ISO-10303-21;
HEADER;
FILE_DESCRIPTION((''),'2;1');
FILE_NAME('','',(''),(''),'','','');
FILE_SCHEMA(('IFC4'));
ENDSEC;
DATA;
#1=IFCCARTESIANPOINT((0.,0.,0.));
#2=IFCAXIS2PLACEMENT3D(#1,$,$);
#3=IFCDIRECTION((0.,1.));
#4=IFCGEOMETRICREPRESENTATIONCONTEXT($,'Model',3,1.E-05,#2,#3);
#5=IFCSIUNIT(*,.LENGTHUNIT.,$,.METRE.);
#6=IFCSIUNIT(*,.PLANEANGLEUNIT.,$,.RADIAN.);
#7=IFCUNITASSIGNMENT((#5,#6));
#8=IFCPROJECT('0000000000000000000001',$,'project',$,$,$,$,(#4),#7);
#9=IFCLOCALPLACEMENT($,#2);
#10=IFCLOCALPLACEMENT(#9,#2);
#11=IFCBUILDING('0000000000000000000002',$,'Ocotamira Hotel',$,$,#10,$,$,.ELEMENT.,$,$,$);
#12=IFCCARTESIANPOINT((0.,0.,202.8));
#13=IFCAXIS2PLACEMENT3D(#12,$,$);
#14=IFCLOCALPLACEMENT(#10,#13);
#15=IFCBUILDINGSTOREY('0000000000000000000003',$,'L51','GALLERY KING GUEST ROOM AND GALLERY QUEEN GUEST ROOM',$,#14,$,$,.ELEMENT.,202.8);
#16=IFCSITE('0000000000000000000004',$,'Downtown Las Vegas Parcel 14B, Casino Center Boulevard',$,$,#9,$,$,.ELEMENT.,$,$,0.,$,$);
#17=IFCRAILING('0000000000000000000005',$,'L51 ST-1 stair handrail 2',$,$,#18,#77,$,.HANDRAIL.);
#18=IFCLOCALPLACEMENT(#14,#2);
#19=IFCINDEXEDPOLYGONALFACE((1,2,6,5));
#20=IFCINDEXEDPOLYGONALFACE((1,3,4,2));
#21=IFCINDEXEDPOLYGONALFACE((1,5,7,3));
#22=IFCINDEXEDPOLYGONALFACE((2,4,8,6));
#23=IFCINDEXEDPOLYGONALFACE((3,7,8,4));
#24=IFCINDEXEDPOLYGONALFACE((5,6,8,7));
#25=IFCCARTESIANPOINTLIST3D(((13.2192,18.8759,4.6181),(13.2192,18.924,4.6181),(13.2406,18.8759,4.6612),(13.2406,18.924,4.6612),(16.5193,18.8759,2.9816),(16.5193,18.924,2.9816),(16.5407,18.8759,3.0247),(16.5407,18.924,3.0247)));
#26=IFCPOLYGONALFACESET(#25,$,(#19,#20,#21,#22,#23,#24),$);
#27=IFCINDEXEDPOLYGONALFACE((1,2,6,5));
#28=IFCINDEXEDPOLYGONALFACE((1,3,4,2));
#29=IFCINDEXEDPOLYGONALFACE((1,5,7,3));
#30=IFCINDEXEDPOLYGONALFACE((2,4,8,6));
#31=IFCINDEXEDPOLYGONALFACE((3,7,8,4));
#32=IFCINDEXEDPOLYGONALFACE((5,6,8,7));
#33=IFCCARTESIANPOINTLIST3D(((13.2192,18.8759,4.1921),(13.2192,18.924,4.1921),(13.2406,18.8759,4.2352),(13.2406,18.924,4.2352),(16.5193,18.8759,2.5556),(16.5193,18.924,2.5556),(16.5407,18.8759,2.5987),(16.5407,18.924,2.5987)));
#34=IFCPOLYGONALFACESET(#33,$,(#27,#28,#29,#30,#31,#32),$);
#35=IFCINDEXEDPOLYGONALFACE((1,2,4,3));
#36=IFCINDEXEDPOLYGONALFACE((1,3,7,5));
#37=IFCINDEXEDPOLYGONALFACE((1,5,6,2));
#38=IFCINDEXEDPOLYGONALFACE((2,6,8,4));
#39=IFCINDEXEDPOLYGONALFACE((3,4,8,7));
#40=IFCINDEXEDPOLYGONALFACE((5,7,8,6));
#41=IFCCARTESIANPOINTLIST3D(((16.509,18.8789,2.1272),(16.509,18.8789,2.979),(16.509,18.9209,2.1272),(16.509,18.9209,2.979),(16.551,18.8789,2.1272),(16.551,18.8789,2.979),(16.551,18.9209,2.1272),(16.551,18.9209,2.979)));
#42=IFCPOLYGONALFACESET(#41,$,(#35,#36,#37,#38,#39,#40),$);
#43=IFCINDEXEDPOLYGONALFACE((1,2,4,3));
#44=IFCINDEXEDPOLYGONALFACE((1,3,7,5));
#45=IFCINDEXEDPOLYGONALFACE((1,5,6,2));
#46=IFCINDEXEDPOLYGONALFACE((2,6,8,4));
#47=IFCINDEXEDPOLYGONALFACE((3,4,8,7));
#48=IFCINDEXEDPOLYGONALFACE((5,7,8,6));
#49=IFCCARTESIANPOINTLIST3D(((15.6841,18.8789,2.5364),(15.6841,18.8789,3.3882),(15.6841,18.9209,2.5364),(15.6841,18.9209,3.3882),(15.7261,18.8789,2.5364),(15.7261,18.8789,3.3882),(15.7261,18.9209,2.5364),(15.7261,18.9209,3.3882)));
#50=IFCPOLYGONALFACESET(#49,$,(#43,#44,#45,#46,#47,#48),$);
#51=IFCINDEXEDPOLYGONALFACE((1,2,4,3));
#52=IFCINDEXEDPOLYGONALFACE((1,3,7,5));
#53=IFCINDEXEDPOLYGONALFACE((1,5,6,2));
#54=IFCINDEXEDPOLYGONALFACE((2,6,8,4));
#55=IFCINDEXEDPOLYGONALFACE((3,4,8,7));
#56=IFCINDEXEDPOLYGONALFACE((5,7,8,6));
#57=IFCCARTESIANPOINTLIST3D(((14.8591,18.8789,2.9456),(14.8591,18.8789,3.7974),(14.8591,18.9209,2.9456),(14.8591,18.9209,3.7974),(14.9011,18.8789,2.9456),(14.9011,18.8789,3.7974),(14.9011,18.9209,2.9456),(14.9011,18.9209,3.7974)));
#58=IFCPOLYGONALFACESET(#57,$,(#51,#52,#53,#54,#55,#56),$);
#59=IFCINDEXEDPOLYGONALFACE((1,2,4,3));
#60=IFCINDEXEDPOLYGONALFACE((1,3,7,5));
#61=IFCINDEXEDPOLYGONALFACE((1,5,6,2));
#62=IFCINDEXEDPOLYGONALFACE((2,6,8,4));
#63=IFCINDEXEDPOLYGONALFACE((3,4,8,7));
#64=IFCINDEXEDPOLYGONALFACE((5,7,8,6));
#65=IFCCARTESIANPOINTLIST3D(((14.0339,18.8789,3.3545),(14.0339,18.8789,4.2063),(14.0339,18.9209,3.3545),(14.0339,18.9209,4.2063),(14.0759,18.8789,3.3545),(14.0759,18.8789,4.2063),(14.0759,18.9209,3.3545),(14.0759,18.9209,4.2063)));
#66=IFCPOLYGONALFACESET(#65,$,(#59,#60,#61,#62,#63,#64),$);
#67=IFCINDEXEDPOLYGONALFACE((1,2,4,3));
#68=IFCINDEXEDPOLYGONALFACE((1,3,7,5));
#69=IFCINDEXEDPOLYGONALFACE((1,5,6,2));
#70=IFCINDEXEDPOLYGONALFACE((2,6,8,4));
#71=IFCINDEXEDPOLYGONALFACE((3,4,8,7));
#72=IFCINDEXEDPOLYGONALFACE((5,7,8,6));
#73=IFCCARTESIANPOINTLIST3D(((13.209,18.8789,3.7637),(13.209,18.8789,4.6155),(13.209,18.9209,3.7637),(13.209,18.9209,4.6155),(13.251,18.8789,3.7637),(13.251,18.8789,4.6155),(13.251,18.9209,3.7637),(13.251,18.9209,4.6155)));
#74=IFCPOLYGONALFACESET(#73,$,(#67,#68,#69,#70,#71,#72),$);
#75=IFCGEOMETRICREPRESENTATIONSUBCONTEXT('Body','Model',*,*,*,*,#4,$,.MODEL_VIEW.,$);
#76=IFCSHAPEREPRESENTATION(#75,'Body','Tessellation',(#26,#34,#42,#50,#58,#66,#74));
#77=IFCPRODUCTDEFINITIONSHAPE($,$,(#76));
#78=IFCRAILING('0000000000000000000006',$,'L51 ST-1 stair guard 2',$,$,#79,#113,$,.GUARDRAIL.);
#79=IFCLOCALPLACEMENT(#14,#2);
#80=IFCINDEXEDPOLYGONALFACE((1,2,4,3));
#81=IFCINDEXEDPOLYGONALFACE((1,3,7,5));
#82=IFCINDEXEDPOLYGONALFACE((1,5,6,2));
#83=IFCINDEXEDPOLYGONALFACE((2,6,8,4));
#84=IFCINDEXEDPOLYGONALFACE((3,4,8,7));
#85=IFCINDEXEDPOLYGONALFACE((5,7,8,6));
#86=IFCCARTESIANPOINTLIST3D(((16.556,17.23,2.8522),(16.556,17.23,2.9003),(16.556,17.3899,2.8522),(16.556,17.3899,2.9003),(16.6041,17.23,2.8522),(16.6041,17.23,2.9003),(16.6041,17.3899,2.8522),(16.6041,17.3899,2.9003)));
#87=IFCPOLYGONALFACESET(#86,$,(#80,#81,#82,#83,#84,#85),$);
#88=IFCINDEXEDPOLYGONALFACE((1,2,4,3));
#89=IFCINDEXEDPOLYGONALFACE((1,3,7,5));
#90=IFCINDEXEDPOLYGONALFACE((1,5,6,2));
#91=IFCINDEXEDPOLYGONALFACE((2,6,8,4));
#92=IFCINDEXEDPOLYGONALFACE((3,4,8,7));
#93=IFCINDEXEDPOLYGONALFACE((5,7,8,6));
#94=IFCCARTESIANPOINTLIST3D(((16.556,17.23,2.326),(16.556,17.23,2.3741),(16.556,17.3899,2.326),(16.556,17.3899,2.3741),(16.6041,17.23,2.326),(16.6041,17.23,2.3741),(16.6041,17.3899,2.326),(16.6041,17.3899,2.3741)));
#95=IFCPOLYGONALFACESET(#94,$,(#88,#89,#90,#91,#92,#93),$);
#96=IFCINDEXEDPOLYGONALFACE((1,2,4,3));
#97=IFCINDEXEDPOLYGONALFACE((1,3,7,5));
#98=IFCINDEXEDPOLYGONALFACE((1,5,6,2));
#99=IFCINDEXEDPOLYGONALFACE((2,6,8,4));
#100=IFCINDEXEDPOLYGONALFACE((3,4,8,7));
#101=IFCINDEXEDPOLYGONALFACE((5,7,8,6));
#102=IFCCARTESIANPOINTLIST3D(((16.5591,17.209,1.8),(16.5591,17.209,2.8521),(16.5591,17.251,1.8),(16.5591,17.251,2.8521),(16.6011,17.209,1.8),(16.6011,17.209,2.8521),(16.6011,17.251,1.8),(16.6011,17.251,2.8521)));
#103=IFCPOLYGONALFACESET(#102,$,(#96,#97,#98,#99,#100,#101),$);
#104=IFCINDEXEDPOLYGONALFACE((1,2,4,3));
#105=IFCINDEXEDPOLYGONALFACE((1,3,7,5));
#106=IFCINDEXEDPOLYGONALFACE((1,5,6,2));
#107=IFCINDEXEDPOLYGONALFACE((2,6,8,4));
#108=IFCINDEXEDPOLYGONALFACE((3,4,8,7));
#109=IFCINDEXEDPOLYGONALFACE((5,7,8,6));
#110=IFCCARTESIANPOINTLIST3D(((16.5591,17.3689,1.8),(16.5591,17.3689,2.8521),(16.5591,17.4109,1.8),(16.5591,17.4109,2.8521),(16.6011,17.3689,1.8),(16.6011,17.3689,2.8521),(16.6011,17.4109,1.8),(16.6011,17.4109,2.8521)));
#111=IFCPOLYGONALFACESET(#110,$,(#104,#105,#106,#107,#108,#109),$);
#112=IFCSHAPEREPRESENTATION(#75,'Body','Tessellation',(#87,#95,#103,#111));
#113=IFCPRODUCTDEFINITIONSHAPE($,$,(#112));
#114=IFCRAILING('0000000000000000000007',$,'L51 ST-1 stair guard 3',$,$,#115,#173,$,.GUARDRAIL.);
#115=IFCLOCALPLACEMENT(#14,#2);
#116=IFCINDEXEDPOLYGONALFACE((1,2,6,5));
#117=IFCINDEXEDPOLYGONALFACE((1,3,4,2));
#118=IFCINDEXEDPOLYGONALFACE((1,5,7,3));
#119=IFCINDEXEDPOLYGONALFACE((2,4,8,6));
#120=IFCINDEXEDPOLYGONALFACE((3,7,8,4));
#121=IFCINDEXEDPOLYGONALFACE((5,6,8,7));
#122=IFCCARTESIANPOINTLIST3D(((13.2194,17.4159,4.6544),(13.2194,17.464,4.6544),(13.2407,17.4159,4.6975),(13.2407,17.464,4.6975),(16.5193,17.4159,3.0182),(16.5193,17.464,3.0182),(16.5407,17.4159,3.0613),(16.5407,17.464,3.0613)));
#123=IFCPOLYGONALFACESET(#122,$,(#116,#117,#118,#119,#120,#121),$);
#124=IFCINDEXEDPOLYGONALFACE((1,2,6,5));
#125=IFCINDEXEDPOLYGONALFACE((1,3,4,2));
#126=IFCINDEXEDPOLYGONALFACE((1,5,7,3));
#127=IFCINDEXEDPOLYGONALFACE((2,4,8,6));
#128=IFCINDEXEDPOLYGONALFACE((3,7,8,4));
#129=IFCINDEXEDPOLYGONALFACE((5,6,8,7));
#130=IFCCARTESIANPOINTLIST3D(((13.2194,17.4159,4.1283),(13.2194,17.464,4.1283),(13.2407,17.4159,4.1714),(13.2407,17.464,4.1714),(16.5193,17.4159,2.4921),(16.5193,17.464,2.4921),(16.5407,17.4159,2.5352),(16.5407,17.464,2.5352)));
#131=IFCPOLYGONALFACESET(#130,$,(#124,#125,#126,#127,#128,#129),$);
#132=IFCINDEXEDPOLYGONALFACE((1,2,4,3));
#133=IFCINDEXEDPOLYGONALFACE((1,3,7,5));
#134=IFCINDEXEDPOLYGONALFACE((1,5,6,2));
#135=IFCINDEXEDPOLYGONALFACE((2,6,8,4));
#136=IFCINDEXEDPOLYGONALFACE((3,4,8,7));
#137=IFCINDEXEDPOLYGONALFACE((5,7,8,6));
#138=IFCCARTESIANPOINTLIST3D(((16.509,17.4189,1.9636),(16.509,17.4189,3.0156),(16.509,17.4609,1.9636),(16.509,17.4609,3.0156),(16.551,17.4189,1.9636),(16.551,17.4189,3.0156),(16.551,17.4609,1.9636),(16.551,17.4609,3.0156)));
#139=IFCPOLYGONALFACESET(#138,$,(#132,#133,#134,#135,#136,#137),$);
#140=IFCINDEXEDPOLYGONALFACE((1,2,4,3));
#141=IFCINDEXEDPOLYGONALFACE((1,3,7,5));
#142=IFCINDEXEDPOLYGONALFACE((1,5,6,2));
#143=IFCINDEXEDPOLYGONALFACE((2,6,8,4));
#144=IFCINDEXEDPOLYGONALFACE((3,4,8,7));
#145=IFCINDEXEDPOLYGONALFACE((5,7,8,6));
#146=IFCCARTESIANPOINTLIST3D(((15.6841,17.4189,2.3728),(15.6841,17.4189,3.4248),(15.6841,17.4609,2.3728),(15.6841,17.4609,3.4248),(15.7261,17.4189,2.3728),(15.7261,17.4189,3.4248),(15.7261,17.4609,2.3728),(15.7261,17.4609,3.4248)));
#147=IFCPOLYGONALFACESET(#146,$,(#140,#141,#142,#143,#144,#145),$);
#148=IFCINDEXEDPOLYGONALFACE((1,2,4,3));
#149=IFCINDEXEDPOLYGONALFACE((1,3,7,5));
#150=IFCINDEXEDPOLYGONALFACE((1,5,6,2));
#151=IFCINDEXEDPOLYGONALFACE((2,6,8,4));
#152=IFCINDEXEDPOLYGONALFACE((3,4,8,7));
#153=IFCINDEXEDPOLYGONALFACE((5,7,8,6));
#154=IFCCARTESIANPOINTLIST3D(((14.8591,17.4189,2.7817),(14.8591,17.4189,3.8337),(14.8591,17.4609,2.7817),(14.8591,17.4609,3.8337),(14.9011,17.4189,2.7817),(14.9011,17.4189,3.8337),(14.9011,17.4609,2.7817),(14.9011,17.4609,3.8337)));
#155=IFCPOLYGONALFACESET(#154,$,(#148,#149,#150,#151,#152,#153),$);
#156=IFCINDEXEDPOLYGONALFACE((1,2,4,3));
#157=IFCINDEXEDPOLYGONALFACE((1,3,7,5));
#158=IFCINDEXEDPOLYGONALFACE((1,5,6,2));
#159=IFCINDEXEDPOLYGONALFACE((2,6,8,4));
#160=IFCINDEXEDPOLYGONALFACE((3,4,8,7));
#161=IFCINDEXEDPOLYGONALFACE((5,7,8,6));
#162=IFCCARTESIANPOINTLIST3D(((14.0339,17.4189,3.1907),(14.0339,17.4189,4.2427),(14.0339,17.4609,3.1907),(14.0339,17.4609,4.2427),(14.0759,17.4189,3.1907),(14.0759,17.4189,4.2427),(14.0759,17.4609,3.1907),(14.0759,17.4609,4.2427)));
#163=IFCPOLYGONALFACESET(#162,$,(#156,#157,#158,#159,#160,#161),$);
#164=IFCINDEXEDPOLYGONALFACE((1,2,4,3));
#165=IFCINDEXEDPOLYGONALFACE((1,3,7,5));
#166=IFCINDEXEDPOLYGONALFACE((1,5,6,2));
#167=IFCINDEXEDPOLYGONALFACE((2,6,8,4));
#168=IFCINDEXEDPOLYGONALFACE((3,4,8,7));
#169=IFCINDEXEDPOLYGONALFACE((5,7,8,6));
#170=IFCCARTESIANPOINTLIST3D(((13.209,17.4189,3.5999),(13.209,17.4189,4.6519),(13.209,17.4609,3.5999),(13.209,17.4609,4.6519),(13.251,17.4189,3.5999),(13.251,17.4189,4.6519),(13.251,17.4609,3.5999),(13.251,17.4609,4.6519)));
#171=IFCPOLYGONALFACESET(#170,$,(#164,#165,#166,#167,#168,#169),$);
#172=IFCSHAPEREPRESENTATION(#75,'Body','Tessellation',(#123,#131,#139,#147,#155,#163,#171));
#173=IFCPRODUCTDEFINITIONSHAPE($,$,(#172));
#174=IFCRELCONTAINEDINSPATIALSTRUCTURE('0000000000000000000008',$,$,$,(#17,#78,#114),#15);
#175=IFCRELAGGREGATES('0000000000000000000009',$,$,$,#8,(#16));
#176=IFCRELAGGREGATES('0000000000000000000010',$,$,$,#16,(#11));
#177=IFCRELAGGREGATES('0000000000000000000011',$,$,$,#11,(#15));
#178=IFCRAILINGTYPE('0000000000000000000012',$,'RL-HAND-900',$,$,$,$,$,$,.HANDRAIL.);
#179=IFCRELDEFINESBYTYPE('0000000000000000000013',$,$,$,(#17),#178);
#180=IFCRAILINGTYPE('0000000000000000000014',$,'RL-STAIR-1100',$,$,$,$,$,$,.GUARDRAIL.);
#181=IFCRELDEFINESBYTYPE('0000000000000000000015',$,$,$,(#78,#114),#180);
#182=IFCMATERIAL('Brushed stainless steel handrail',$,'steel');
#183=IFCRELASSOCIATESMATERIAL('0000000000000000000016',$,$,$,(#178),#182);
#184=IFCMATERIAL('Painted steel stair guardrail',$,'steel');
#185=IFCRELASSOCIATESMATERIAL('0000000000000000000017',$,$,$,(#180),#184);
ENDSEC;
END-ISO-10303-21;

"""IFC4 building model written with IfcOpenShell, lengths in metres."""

from ifc_helpers import new_model, si_unit, direction, frame, origin, origin_2d, place, context, subcontext, project, spatial, rectangle, extrude, material, type_object, element, save


model = new_model("IFC4")

# Units and contexts
model_context = context("Model", 3, precision=1e-05, world=origin(), true_north=direction((0.0, 1.0)))
body_context = subcontext(model_context, "Body", "Model", "MODEL_VIEW")
ifc_project = project(units=[si_unit("LENGTHUNIT", "METRE"), si_unit("PLANEANGLEUNIT", "RADIAN")], contexts=[model_context])

# Site, building, storey
site_placement = place(None, origin())
site = spatial("IfcSite", under=ifc_project, at=site_placement, Name="Downtown Las Vegas Parcel 14B, Casino Center Boulevard", CompositionType="ELEMENT", RefElevation=0.0)
building_placement = place(site_placement, origin())
building = spatial("IfcBuilding", under=site, at=building_placement, Name="Ocotamira Hotel", CompositionType="ELEMENT")
storey_placement = place(building_placement, frame((0.0, 0.0, 202.8)))
storey = spatial("IfcBuildingStorey", under=building, at=storey_placement, Name="L51", Description="GALLERY KING GUEST ROOM AND GALLERY QUEEN GUEST ROOM", CompositionType="ELEMENT", Elevation=202.8)

# Railings
ifc_material_1 = material(Name="Brushed stainless steel handrail", Category="steel")
railing_type_1 = type_object("IfcRailingType", Name="RL-HAND-900", PredefinedType="HANDRAIL", material=ifc_material_1)
railing_1_placement = place(storey_placement, frame((16.53, 18.8999, 2.1272)))
element("IfcRailing", 1, at=railing_1_placement, inside=storey, type_object=railing_type_1, Name="L51 ST-1 stair handrail 2", PredefinedType="HANDRAIL", context=body_context, shape_type="SweptSolid", body=[
    extrude(rectangle(XDim=0.0481, YDim=0.0481, at=origin_2d()), frame((0.0, 0.0, 0.876), z_axis=(-0.895894, 0.0, 0.444268), x_axis=(0.0, -1.0, 0.0)), (0.0, 0.0, 1.0), 3.6836),
    extrude(rectangle(XDim=0.0481, YDim=0.0481, at=origin_2d()), frame((0.0, 0.0, 0.45), z_axis=(-0.895894, 0.0, 0.444268), x_axis=(0.0, -1.0, 0.0)), (0.0, 0.0, 1.0), 3.6836),
    extrude(rectangle(XDim=0.042, YDim=0.042, at=origin_2d()), origin(), (0.0, 0.0, 1.0), 0.8518),
    extrude(rectangle(XDim=0.042, YDim=0.042, at=origin_2d()), frame((-0.825, 0.0, 0.4092)), (0.0, 0.0, 1.0), 0.8518),
    extrude(rectangle(XDim=0.042, YDim=0.042, at=origin_2d()), frame((-1.6499, 0.0, 0.8184)), (0.0, 0.0, 1.0), 0.8518),
    extrude(rectangle(XDim=0.042, YDim=0.042, at=origin_2d()), frame((-2.4751, 0.0, 1.2273)), (0.0, 0.0, 1.0), 0.8518),
    extrude(rectangle(XDim=0.042, YDim=0.042, at=origin_2d()), frame((-3.3, 0.0, 1.6365)), (0.0, 0.0, 1.0), 0.8518),
])
ifc_material_2 = material(Name="Painted steel stair guardrail", Category="steel")
railing_type_2 = type_object("IfcRailingType", Name="RL-STAIR-1100", PredefinedType="GUARDRAIL", material=ifc_material_2)
railing_2_placement = place(storey_placement, frame((16.5801, 17.23, 1.8)))
element("IfcRailing", 2, at=railing_2_placement, inside=storey, type_object=railing_type_2, Name="L51 ST-1 stair guard 2", PredefinedType="GUARDRAIL", context=body_context, shape_type="SweptSolid", body=[
    extrude(rectangle(XDim=0.0481, YDim=0.0481, at=origin_2d()), frame((0.0, 0.0, 1.0762), z_axis=(0.0, 1.0, 0.0), x_axis=(-1.0, 0.0, 0.0)), (0.0, 0.0, 1.0), 0.1599),
    extrude(rectangle(XDim=0.0481, YDim=0.0481, at=origin_2d()), frame((0.0, 0.0, 0.55), z_axis=(0.0, 1.0, 0.0), x_axis=(-1.0, 0.0, 0.0)), (0.0, 0.0, 1.0), 0.1599),
    extrude(rectangle(XDim=0.042, YDim=0.042, at=origin_2d()), origin(), (0.0, 0.0, 1.0), 1.052),
    extrude(rectangle(XDim=0.042, YDim=0.042, at=origin_2d()), frame((0.0, 0.1599, 0.0)), (0.0, 0.0, 1.0), 1.052),
])
railing_3_placement = place(storey_placement, frame((16.53, 17.4399, 1.9636)))
element("IfcRailing", 3, at=railing_3_placement, inside=storey, type_object=railing_type_2, Name="L51 ST-1 stair guard 3", PredefinedType="GUARDRAIL", context=body_context, shape_type="SweptSolid", body=[
    extrude(rectangle(XDim=0.0481, YDim=0.0481, at=origin_2d()), frame((0.0, 0.0, 1.0762), z_axis=(-0.89592, 0.0, 0.444215), x_axis=(0.0, -1.0, 0.0)), (0.0, 0.0, 1.0), 3.6833),
    extrude(rectangle(XDim=0.0481, YDim=0.0481, at=origin_2d()), frame((0.0, 0.0, 0.55), z_axis=(-0.89592, 0.0, 0.444215), x_axis=(0.0, -1.0, 0.0)), (0.0, 0.0, 1.0), 3.6833),
    extrude(rectangle(XDim=0.042, YDim=0.042, at=origin_2d()), origin(), (0.0, 0.0, 1.0), 1.052),
    extrude(rectangle(XDim=0.042, YDim=0.042, at=origin_2d()), frame((-0.825, 0.0, 0.4092)), (0.0, 0.0, 1.0), 1.052),
    extrude(rectangle(XDim=0.042, YDim=0.042, at=origin_2d()), frame((-1.6499, 0.0, 0.8181)), (0.0, 0.0, 1.0), 1.052),
    extrude(rectangle(XDim=0.042, YDim=0.042, at=origin_2d()), frame((-2.4751, 0.0, 1.2271)), (0.0, 0.0, 1.0), 1.052),
    extrude(rectangle(XDim=0.042, YDim=0.042, at=origin_2d()), frame((-3.3, 0.0, 1.6362)), (0.0, 0.0, 1.0), 1.052),
])

save(model, "model.ifc")
